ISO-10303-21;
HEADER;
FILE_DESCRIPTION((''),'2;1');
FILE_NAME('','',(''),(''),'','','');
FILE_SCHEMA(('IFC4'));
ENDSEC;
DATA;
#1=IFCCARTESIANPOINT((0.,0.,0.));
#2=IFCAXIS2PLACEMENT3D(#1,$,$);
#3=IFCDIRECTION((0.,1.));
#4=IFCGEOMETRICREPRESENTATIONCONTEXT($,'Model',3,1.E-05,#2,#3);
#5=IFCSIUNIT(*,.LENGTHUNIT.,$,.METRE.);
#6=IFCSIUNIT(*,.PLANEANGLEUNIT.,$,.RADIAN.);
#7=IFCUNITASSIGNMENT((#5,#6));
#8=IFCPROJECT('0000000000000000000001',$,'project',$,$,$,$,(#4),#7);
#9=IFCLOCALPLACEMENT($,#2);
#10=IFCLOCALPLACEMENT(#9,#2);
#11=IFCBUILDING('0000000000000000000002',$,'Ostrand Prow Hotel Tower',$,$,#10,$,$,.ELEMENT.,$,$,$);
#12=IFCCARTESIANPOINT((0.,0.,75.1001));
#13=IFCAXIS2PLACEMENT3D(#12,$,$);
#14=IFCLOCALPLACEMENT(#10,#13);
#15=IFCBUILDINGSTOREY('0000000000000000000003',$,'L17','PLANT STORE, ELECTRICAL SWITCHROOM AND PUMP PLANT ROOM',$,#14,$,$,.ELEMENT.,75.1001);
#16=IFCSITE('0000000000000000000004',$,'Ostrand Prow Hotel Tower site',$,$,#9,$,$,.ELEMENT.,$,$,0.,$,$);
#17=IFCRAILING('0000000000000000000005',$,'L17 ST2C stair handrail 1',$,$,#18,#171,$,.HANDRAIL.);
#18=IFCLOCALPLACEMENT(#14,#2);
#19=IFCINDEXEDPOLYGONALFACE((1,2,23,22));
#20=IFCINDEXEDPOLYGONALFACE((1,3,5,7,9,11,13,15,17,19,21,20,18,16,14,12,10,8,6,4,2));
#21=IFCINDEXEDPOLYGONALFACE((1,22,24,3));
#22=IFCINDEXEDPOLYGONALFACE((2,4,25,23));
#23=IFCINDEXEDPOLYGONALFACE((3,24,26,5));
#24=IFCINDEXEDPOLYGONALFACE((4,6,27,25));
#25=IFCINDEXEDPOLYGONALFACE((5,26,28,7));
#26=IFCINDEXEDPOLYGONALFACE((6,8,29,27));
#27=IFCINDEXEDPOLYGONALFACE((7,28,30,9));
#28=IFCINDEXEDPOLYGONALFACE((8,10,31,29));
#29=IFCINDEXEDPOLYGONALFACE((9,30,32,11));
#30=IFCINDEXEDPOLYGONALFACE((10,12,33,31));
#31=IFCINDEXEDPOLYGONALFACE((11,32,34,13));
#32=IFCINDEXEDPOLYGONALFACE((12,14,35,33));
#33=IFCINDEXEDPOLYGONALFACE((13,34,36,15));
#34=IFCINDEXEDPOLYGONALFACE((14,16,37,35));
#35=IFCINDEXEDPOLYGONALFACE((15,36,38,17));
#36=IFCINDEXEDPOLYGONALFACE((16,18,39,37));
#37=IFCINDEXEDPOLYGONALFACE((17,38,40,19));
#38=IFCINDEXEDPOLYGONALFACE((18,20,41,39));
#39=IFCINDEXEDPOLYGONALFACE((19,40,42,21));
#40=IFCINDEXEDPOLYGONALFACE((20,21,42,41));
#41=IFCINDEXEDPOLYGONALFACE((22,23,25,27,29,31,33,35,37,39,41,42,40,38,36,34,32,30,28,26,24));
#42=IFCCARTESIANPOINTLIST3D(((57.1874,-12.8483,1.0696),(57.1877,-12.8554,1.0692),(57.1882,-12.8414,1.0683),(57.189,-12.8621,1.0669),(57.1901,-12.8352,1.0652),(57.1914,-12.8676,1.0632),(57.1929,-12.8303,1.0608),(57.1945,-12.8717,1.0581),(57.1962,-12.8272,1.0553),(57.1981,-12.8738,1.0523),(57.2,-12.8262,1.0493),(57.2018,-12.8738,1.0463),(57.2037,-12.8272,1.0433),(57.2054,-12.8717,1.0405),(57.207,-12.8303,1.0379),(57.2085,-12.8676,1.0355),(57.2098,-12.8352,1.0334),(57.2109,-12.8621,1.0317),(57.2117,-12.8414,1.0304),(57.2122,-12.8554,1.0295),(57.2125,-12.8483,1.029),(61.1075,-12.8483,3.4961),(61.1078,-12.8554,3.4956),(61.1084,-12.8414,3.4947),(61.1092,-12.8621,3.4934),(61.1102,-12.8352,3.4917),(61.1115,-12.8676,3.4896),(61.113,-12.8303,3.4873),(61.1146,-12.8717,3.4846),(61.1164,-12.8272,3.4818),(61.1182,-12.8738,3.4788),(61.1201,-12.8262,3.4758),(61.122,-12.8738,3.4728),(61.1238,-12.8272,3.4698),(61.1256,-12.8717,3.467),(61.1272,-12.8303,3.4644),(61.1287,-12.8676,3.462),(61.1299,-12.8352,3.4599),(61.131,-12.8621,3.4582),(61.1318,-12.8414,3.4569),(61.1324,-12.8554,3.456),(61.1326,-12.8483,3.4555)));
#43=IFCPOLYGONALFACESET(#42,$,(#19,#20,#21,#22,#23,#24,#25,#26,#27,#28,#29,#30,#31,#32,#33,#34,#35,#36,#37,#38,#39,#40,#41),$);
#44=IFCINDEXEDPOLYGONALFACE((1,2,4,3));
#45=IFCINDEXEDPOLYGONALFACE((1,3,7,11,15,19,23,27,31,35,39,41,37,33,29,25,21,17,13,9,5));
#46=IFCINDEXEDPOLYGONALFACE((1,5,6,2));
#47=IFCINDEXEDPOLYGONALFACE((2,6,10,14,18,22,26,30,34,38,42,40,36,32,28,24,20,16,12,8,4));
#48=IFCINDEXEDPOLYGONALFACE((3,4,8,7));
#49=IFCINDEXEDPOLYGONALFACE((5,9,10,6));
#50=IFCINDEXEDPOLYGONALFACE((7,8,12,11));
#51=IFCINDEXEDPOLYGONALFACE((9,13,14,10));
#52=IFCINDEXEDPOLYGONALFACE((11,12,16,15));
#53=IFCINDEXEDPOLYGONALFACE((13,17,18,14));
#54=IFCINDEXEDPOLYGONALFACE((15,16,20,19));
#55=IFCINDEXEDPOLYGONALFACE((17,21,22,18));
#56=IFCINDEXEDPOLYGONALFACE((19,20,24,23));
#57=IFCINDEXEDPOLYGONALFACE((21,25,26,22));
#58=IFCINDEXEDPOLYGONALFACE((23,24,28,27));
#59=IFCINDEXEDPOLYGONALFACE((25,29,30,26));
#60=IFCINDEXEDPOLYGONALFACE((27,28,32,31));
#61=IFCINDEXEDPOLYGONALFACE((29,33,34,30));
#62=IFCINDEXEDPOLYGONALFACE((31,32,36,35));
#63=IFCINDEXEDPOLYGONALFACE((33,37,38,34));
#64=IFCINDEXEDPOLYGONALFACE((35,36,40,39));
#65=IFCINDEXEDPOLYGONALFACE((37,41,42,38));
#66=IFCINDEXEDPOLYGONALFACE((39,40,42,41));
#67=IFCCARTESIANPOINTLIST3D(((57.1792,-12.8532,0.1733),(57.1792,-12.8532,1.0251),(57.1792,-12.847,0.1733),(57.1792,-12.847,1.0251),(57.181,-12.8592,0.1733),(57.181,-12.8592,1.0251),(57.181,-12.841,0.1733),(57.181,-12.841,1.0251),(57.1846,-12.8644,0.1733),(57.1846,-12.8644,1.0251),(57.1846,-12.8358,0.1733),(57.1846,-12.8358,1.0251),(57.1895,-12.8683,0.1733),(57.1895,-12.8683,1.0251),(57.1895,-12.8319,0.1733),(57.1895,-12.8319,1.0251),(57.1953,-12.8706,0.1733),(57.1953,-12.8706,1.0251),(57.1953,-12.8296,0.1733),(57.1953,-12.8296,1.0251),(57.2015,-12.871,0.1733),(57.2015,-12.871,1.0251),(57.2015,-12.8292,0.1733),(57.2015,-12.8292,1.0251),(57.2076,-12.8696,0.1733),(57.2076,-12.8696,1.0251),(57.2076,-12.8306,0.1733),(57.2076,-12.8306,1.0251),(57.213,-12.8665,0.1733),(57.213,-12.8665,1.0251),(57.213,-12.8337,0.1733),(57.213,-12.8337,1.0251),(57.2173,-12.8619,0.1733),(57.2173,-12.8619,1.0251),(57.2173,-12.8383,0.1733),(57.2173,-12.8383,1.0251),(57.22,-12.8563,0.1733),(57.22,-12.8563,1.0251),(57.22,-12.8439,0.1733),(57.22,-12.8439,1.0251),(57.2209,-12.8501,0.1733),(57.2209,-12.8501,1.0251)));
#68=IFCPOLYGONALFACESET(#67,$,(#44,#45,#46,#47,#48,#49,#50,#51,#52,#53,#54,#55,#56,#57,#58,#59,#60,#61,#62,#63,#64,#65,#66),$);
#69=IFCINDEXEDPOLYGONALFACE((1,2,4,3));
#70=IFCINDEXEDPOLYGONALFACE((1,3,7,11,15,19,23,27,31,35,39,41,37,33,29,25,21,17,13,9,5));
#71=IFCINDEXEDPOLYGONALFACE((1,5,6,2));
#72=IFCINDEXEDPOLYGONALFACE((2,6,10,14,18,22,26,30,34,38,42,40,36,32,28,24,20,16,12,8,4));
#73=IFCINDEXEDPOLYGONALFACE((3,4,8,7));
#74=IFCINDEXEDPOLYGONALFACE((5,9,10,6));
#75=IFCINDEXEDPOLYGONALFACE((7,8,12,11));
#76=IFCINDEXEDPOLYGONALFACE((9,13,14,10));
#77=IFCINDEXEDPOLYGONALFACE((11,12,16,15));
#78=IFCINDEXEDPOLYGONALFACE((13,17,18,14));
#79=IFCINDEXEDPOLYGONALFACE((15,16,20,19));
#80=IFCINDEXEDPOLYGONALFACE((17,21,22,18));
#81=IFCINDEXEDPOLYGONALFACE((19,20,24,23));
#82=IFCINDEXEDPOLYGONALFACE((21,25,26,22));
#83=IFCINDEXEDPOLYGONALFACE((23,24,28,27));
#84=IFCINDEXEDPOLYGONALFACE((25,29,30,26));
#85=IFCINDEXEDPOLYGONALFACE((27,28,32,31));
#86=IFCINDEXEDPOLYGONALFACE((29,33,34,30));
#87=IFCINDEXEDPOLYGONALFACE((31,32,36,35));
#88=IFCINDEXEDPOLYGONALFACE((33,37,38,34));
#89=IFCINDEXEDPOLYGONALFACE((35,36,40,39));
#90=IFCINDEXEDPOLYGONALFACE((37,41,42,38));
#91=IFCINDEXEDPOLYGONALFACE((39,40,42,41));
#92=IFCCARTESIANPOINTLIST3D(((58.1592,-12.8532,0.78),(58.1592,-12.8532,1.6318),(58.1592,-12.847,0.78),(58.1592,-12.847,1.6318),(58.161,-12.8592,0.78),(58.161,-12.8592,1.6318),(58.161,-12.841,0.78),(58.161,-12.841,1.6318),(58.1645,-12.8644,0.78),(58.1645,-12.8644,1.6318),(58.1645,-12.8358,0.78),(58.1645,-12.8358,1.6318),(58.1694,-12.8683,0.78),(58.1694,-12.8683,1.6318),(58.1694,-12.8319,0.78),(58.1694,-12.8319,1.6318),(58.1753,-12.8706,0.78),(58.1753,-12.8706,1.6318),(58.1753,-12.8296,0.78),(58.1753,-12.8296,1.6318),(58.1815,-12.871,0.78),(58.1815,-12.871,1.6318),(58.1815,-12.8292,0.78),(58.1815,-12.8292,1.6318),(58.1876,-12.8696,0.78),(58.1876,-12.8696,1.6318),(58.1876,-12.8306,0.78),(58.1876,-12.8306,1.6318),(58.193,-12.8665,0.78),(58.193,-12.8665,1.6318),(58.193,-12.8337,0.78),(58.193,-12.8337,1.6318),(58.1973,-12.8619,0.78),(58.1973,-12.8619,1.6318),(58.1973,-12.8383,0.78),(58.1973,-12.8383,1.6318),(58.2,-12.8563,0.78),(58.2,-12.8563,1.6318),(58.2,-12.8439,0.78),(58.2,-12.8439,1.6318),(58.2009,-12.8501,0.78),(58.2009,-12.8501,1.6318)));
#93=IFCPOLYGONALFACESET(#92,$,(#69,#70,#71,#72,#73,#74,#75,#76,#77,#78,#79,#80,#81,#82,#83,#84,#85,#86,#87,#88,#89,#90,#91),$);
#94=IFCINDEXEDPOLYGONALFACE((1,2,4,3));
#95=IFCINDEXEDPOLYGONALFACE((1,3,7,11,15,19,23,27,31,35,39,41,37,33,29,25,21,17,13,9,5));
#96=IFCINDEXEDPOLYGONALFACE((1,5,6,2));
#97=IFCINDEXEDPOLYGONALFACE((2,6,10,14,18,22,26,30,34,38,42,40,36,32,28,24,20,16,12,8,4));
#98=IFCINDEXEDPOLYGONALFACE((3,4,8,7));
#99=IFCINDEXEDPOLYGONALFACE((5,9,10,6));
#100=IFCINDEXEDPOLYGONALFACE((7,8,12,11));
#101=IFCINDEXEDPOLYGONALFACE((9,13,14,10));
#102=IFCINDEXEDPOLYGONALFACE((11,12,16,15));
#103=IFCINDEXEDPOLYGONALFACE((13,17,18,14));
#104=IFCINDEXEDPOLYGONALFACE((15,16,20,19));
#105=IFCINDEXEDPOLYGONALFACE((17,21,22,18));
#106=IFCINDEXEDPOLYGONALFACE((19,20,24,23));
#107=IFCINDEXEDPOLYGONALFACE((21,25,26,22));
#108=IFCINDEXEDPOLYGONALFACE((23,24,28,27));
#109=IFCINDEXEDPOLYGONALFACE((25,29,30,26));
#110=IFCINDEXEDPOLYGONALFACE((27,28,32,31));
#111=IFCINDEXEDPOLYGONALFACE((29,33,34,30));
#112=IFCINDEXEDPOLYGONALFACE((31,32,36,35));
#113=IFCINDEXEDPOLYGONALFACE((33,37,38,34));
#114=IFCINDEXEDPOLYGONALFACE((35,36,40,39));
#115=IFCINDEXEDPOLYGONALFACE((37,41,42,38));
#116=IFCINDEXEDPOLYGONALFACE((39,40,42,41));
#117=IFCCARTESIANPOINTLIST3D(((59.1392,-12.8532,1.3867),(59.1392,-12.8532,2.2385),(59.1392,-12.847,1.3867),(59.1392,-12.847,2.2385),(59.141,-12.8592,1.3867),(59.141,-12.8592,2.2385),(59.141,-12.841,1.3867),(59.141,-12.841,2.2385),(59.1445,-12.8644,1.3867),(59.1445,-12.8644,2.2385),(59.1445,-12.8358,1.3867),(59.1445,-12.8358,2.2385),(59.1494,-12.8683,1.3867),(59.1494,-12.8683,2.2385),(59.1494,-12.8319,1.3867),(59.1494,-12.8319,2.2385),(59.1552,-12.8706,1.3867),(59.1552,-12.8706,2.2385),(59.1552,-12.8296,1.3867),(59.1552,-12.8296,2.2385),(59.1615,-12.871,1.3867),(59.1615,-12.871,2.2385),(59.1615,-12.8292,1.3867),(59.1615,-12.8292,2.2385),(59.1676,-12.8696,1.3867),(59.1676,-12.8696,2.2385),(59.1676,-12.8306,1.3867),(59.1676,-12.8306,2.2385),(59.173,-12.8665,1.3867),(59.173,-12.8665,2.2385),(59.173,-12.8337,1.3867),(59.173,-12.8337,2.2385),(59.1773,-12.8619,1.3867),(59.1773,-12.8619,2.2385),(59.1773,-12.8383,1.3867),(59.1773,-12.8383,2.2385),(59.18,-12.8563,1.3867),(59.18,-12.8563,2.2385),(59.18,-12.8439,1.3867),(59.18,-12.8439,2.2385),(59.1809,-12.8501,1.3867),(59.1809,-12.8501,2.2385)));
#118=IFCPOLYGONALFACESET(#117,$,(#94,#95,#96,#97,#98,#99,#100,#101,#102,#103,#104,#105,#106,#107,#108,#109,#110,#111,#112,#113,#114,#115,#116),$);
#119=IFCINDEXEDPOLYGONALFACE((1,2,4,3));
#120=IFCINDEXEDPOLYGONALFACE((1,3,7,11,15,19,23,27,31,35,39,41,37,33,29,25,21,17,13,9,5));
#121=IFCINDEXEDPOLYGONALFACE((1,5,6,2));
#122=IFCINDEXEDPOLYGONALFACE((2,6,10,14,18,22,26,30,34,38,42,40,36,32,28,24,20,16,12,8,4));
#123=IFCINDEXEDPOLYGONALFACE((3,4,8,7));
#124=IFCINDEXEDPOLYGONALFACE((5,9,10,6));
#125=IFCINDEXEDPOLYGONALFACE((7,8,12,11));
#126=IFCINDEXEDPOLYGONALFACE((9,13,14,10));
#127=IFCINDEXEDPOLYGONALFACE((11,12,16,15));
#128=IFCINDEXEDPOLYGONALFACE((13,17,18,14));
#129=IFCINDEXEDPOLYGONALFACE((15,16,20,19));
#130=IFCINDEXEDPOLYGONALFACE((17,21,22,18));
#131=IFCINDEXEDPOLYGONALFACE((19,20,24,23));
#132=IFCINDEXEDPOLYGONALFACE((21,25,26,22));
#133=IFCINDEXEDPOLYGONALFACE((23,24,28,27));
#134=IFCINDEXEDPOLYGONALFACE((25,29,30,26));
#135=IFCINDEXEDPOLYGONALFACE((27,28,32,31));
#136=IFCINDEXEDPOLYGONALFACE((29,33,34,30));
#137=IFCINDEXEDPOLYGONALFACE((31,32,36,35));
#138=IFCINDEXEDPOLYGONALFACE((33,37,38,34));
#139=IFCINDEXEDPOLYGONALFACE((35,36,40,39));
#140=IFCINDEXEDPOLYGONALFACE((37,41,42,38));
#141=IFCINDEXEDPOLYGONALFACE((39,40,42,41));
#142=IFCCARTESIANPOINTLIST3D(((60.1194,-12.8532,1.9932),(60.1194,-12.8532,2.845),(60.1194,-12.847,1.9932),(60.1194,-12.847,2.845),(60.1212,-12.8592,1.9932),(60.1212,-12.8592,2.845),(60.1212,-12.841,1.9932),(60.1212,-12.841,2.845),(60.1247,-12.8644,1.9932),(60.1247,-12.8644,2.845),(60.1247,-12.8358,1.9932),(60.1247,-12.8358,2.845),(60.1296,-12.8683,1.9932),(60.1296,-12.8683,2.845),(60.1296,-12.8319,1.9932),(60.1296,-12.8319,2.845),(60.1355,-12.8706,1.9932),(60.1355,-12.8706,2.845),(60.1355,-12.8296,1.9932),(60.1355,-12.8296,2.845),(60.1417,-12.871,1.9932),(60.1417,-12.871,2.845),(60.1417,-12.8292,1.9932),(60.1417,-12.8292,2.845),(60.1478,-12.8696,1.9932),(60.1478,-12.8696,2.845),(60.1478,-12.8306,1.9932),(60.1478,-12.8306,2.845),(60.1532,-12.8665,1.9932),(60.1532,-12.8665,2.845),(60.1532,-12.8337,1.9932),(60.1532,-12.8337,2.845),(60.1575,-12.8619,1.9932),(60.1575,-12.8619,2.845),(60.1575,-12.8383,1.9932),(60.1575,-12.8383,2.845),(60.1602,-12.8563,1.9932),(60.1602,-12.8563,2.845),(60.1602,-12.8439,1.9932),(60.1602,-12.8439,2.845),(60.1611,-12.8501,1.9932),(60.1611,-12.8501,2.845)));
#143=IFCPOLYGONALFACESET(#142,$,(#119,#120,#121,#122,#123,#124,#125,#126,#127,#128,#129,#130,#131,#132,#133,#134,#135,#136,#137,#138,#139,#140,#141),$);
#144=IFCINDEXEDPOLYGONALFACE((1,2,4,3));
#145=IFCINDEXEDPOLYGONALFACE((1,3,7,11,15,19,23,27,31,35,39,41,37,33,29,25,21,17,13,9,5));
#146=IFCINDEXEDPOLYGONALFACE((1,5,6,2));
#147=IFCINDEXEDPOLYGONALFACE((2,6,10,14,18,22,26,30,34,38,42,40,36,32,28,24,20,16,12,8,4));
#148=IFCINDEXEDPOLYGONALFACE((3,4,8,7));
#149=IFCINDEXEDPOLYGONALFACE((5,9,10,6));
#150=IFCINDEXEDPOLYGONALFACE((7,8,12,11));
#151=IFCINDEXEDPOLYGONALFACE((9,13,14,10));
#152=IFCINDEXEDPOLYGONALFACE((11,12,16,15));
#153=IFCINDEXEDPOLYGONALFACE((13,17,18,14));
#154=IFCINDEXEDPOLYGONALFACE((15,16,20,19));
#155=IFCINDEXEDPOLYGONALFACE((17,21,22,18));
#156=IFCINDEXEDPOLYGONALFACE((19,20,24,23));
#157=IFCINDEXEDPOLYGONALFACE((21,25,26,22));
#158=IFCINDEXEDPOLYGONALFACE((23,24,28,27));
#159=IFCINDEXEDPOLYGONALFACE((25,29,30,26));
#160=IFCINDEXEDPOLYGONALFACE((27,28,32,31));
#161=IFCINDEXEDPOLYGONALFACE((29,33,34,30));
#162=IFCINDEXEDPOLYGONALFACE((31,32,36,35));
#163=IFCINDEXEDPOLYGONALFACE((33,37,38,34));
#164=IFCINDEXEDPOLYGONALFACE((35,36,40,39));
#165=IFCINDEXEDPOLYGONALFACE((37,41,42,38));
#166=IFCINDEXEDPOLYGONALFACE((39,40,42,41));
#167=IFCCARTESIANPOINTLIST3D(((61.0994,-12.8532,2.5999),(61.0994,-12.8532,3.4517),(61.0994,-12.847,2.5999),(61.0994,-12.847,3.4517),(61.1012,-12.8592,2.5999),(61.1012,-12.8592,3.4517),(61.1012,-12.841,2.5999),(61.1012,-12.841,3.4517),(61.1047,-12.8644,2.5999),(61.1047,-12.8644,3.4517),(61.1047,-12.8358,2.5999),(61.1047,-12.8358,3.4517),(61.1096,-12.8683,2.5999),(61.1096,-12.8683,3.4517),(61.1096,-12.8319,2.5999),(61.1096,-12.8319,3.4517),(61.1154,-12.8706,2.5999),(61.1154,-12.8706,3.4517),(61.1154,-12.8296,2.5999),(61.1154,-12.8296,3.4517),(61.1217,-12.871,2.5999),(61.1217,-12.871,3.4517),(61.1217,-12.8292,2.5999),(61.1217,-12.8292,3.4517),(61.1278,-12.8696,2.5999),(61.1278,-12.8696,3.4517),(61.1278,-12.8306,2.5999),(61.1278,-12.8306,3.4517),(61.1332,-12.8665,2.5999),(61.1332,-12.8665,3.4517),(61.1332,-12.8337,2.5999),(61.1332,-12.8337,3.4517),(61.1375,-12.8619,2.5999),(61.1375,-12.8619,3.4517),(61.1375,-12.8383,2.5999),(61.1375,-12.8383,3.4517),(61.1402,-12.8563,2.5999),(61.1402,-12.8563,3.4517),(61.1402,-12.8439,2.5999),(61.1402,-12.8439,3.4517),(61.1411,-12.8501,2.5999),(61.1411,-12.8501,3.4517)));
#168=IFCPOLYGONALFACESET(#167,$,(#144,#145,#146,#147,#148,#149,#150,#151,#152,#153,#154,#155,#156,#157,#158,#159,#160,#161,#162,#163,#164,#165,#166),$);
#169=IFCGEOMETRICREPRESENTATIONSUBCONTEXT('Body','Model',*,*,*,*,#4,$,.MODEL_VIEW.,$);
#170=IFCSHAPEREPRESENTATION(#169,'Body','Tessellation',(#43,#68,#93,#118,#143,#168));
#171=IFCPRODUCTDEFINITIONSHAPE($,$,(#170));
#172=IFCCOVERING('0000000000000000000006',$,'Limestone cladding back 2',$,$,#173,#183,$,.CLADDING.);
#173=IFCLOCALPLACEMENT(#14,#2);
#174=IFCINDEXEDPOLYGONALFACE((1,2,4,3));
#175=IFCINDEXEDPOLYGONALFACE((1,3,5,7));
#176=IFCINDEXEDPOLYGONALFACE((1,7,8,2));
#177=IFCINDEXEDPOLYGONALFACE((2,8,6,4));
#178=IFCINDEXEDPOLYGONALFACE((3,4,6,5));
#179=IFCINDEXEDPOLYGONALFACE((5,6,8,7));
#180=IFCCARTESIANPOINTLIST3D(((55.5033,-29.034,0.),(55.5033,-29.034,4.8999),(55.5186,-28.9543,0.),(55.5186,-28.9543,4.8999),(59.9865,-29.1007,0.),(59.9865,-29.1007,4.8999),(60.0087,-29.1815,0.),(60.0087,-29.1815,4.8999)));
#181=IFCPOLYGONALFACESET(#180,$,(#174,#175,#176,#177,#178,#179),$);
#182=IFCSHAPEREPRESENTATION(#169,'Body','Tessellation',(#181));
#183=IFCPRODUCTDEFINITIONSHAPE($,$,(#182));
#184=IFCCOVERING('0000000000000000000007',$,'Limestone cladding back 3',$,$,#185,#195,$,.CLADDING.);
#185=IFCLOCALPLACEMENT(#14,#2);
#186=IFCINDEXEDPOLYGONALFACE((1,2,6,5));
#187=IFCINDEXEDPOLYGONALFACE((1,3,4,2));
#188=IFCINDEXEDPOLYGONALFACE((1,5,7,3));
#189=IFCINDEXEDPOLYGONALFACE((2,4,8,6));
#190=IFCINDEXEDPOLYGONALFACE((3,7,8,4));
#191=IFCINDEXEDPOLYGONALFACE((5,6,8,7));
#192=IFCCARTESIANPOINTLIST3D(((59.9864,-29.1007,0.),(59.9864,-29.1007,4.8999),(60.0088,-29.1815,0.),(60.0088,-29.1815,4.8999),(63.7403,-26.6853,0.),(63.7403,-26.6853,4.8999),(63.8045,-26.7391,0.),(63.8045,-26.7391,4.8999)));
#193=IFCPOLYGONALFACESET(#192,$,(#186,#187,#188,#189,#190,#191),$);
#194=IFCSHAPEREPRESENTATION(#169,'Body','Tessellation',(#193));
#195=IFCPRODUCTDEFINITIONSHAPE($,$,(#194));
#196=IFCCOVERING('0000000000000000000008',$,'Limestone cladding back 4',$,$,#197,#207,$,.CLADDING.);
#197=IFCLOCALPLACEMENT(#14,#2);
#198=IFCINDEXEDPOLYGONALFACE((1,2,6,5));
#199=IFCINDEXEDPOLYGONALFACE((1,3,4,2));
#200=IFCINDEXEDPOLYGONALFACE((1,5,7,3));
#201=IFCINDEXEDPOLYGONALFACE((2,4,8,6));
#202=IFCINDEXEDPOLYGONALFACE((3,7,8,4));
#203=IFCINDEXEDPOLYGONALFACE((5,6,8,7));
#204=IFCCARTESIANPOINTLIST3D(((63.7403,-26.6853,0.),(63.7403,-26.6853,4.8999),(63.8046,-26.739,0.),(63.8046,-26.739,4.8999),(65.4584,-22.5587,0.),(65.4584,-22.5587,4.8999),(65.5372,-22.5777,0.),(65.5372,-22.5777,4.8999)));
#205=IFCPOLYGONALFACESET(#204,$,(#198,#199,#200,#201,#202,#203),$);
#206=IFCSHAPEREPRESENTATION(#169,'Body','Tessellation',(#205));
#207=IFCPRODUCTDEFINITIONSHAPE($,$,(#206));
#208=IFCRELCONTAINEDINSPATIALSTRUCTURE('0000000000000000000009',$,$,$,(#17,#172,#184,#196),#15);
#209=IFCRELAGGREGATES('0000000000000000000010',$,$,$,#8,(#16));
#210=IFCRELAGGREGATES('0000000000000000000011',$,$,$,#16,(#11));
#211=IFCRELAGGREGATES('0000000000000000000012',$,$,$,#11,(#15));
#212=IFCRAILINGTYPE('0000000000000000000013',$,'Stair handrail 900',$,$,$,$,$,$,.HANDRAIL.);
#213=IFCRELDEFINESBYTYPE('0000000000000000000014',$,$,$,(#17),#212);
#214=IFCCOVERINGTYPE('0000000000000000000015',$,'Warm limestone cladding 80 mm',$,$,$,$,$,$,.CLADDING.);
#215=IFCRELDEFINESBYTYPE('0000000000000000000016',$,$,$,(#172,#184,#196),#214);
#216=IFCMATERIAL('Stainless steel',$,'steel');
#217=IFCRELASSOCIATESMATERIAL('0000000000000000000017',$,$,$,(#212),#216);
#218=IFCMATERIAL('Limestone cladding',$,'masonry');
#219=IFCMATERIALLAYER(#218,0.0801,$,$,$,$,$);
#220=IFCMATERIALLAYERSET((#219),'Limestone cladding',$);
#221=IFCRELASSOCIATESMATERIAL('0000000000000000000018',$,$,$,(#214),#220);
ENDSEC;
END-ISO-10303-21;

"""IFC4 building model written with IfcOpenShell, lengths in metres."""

from ifc_helpers import new_model, si_unit, direction, frame, origin, origin_2d, place, context, subcontext, project, spatial, polyline, circle, outline, extrude, material, layer, layer_set, type_object, element, save


model = new_model("IFC4")

# Units and contexts
model_context = context("Model", 3, precision=1e-05, world=origin(), true_north=direction((0.0, 1.0)))
body_context = subcontext(model_context, "Body", "Model", "MODEL_VIEW")
ifc_project = project(units=[si_unit("LENGTHUNIT", "METRE"), si_unit("PLANEANGLEUNIT", "RADIAN")], contexts=[model_context])

# Site, building, storey
site_placement = place(None, origin())
site = spatial("IfcSite", under=ifc_project, at=site_placement, Name="Ostrand Prow Hotel Tower site", CompositionType="ELEMENT", RefElevation=0.0)
building_placement = place(site_placement, origin())
building = spatial("IfcBuilding", under=site, at=building_placement, Name="Ostrand Prow Hotel Tower", CompositionType="ELEMENT")
storey_placement = place(building_placement, frame((0.0, 0.0, 75.1001)))
storey = spatial("IfcBuildingStorey", under=building, at=storey_placement, Name="L17", Description="PLANT STORE, ELECTRICAL SWITCHROOM AND PUMP PLANT ROOM", CompositionType="ELEMENT", Elevation=75.1001)

# Railing
ifc_material_1 = material(Name="Stainless steel", Category="steel")
railing_type_1 = type_object("IfcRailingType", Name="Stair handrail 900", PredefinedType="HANDRAIL", material=ifc_material_1)
railing_1_placement = place(storey_placement, frame((57.2, -12.8501, 0.1733)))
element("IfcRailing", 1, at=railing_1_placement, inside=storey, type_object=railing_type_1, Name="L17 ST2C stair handrail 1", PredefinedType="HANDRAIL", context=body_context, shape_type="SweptSolid", body=[
    extrude(circle(Radius=0.0239, at=origin_2d()), frame((0.0, 0.0, 0.876), z_axis=(0.85029, 0.0, 0.526315), x_axis=(0.0, 1.0, 0.0)), (0.0, 0.0, 1.0), 4.6104),
    extrude(circle(Radius=0.021, at=origin_2d()), origin(), (0.0, 0.0, 1.0), 0.8518),
    extrude(circle(Radius=0.021, at=origin_2d()), frame((0.98, 0.0, 0.6067)), (0.0, 0.0, 1.0), 0.8518),
    extrude(circle(Radius=0.021, at=origin_2d()), frame((1.96, 0.0, 1.2134)), (0.0, 0.0, 1.0), 0.8518),
    extrude(circle(Radius=0.021, at=origin_2d()), frame((2.9402, 0.0, 1.8198)), (0.0, 0.0, 1.0), 0.8518),
    extrude(circle(Radius=0.021, at=origin_2d()), frame((3.9202, 0.0, 2.4265)), (0.0, 0.0, 1.0), 0.8518),
])

# Coverings
ifc_material_2 = material(Name="Limestone cladding", Category="masonry")
ifc_layer_1 = layer(ifc_material_2, 0.0801)
ifc_layer_set_1 = layer_set([ifc_layer_1], Name="Limestone cladding")
covering_type = type_object("IfcCoveringType", Name="Warm limestone cladding 80 mm", PredefinedType="CLADDING", material=ifc_layer_set_1)
covering_1_placement = place(storey_placement, frame((55.511, -28.9941, 0.0), z_axis=(0.0, 0.0, 1.0), x_axis=(0.999464, -0.032741, 0.0)))
element("IfcCovering", 2, at=covering_1_placement, inside=storey, type_object=covering_type, Name="Limestone cladding back 2", PredefinedType="CLADDING", context=body_context, shape_type="SweptSolid", body=[
    extrude(outline(polyline([(-0.0063, -0.04), (4.5015, -0.04), (4.4766, 0.04), (0.0063, 0.04), (-0.0063, -0.04)])), origin(), (0.0, 0.0, 1.0), 4.8999),
])
covering_2_placement = place(storey_placement, frame((59.9976, -29.1411, 0.0), z_axis=(0.0, 0.0, 1.0), x_axis=(0.840952, 0.541109, 0.0)))
element("IfcCovering", 3, at=covering_2_placement, inside=storey, type_object=covering_type, Name="Limestone cladding back 3", PredefinedType="CLADDING", context=body_context, shape_type="SweptSolid", body=[
    extrude(outline(polyline([(-0.0125, -0.04), (4.5012, -0.04), (4.4763, 0.04), (0.0125, 0.04), (-0.0125, -0.04)])), origin(), (0.0, 0.0, 1.0), 4.8999),
])
covering_3_placement = place(storey_placement, frame((63.7725, -26.7122, 0.0), z_axis=(0.0, 0.0, 1.0), x_axis=(0.38436, 0.923183, 0.0)))
element("IfcCovering", 4, at=covering_3_placement, inside=storey, type_object=covering_type, Name="Limestone cladding back 4", PredefinedType="CLADDING", context=body_context, shape_type="SweptSolid", body=[
    extrude(outline(polyline([(-0.0125, -0.04), (4.4951, -0.04), (4.4824, 0.04), (0.0125, 0.04), (-0.0125, -0.04)])), origin(), (0.0, 0.0, 1.0), 4.8999),
])

save(model, "model.ifc")
